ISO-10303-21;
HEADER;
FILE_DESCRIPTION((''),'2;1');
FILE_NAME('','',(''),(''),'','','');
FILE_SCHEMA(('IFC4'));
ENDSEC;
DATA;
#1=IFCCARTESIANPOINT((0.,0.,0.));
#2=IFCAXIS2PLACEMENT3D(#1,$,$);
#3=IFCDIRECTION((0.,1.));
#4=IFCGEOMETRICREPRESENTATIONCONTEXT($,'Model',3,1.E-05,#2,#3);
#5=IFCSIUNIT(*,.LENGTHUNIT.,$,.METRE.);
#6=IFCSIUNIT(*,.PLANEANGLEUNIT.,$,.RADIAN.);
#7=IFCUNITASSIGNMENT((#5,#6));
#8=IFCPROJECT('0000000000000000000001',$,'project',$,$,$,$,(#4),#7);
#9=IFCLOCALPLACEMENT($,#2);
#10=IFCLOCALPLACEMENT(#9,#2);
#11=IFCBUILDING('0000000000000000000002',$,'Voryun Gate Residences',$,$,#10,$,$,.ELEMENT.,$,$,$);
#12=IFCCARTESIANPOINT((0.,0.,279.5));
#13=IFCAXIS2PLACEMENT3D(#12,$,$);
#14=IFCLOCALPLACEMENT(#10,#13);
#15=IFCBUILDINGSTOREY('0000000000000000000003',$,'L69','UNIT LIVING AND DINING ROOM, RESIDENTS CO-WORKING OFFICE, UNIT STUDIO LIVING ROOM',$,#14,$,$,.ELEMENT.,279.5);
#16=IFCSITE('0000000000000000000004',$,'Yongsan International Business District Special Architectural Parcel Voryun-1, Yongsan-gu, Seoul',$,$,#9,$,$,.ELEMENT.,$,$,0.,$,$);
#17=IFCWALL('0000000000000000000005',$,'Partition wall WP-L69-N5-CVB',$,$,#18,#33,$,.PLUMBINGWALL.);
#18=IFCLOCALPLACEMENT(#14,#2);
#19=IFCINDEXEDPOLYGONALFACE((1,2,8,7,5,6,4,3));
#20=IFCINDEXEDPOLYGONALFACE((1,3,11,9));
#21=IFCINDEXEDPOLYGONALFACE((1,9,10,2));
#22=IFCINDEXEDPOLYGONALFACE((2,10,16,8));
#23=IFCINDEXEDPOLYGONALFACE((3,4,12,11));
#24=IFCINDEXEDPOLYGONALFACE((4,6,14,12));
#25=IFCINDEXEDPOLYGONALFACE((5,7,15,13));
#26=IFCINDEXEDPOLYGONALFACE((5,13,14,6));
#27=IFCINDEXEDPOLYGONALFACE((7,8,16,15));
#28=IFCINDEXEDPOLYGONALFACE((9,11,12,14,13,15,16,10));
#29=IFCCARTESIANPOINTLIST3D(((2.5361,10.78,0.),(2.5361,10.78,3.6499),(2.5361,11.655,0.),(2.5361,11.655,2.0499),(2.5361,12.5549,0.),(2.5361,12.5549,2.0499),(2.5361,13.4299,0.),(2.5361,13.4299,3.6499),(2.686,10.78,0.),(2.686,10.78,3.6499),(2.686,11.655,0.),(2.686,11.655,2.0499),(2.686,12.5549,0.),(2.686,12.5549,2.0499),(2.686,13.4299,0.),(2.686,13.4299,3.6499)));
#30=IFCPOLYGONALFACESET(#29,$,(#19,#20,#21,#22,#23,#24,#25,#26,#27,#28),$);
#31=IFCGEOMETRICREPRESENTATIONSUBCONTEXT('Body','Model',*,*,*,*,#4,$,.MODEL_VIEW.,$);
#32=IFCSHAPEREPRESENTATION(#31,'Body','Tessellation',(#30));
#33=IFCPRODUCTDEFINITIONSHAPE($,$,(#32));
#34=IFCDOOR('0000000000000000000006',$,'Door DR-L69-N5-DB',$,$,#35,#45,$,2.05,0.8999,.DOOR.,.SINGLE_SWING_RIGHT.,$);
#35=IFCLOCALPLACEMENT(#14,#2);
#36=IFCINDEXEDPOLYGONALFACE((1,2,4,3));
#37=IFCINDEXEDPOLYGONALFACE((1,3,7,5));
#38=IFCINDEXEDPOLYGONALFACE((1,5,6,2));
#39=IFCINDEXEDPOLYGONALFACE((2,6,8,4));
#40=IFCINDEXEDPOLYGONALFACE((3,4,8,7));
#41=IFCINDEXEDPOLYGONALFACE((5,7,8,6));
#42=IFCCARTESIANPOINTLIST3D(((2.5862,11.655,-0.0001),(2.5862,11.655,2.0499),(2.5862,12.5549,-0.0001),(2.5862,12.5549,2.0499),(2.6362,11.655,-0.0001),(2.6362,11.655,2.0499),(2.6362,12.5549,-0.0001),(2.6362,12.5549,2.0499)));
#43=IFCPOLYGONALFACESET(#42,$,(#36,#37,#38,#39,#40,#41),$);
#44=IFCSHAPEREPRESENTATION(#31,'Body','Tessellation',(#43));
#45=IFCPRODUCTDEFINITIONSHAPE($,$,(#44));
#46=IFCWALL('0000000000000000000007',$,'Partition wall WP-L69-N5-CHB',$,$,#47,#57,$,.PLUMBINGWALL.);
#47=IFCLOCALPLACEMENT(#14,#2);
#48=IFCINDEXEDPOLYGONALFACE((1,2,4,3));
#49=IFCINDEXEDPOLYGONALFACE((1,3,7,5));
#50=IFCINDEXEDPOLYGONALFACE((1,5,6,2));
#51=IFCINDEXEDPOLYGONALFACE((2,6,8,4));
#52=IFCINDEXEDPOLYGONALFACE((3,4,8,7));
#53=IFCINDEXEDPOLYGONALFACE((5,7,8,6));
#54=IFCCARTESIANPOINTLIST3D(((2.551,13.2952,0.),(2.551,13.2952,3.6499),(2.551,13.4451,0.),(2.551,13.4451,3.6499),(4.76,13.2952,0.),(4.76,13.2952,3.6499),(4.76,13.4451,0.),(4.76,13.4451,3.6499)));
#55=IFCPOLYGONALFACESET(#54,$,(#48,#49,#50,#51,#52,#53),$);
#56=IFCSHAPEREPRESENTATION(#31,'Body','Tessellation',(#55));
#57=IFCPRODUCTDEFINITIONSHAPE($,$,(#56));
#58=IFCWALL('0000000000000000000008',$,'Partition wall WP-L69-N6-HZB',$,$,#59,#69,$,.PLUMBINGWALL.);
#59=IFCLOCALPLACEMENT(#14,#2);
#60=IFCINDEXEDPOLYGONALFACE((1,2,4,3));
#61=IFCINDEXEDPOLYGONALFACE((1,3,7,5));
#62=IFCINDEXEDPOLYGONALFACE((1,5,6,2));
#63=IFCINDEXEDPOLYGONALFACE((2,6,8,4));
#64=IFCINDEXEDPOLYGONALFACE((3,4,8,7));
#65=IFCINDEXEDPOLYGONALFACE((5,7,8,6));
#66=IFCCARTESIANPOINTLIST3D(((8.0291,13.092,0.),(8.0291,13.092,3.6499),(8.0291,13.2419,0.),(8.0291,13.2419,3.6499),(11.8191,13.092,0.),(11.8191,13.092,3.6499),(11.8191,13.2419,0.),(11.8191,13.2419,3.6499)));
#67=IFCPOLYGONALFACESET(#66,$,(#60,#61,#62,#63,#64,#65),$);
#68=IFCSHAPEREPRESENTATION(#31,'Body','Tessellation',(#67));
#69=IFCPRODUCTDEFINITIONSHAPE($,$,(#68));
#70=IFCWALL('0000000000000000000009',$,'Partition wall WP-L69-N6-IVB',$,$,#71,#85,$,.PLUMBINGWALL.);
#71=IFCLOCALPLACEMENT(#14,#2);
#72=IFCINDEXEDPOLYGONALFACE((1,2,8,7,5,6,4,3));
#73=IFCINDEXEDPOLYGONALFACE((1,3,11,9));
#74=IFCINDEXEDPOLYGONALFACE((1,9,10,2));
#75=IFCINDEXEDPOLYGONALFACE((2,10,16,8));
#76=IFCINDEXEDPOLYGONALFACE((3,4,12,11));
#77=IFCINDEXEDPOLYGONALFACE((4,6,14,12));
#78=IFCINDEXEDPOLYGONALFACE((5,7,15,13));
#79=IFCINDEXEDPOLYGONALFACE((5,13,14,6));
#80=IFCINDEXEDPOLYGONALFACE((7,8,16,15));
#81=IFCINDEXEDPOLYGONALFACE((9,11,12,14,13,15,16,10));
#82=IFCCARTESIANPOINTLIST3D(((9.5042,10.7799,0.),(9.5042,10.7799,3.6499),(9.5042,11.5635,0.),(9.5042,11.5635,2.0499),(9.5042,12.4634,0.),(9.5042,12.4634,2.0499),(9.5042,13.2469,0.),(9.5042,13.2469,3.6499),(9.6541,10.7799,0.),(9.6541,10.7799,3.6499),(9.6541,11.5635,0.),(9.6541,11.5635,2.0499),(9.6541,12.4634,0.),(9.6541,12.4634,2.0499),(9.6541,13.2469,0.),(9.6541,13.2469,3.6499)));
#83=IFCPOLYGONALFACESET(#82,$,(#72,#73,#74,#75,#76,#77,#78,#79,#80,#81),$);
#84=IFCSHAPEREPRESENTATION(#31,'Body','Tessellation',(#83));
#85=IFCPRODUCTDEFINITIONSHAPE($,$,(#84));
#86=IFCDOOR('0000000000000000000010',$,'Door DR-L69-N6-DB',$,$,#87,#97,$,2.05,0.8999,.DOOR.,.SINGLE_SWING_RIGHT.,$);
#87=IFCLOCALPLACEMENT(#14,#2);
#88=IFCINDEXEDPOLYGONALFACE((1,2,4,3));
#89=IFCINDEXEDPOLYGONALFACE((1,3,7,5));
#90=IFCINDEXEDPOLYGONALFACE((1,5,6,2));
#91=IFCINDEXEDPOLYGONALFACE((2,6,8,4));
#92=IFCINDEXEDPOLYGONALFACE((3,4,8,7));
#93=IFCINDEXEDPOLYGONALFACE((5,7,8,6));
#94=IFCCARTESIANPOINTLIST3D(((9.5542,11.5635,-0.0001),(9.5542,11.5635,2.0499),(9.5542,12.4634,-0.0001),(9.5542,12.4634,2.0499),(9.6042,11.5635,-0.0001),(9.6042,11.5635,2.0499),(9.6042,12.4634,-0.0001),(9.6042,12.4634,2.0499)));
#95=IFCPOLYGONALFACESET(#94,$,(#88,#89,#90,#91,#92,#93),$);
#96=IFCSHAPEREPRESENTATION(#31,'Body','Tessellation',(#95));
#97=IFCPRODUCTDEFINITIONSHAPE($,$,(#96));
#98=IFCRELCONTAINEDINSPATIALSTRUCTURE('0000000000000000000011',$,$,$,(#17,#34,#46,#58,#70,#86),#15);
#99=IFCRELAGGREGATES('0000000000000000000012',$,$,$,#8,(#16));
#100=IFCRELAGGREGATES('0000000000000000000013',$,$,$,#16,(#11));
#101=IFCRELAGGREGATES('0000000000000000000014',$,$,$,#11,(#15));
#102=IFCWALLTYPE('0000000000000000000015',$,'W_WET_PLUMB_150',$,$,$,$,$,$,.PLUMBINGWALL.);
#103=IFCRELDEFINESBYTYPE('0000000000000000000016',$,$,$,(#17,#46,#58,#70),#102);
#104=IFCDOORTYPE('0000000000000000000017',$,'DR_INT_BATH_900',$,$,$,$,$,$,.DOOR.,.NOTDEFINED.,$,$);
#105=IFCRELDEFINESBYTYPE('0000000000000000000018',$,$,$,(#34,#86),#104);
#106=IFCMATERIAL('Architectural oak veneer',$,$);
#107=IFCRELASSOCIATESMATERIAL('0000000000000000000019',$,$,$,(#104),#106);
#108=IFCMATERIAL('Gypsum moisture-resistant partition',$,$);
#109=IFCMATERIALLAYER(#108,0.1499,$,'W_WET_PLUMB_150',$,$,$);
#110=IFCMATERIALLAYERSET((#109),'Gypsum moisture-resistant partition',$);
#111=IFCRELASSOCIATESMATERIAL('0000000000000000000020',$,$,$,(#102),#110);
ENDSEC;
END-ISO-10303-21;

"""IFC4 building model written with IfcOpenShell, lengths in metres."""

from ifc_helpers import new_model, si_unit, direction, frame, frame_2d, origin, place, context, subcontext, project, spatial, rectangle, extrude, material, layer, layer_set, type_object, element, fill, save


model = new_model("IFC4")

# Units and contexts
model_context = context("Model", 3, precision=1e-05, world=origin(), true_north=direction((0.0, 1.0)))
body_context = subcontext(model_context, "Body", "Model", "MODEL_VIEW")
ifc_project = project(units=[si_unit("LENGTHUNIT", "METRE"), si_unit("PLANEANGLEUNIT", "RADIAN")], contexts=[model_context])

# Site, building, storey
site_placement = place(None, origin())
site = spatial("IfcSite", under=ifc_project, at=site_placement, Name="Yongsan International Business District Special Architectural Parcel Voryun-1, Yongsan-gu, Seoul", CompositionType="ELEMENT", RefElevation=0.0)
building_placement = place(site_placement, origin())
building = spatial("IfcBuilding", under=site, at=building_placement, Name="Voryun Gate Residences", CompositionType="ELEMENT")
storey_placement = place(building_placement, frame((0.0, 0.0, 279.5)))
storey = spatial("IfcBuildingStorey", under=building, at=storey_placement, Name="L69", Description="UNIT LIVING AND DINING ROOM, RESIDENTS CO-WORKING OFFICE, UNIT STUDIO LIVING ROOM", CompositionType="ELEMENT", Elevation=279.5)

# Shared definitions
ifc_material_1 = material(Name="Architectural oak veneer")
door_type_1 = type_object("IfcDoorType", Name="DR_INT_BATH_900", OperationType="NOTDEFINED", PredefinedType="DOOR", material=ifc_material_1)

# Shared definitions
ifc_material_2 = material(Name="Gypsum moisture-resistant partition")
ifc_layer_1 = layer(ifc_material_2, 0.1499, Name="W_WET_PLUMB_150")
ifc_layer_set_1 = layer_set([ifc_layer_1], Name="Gypsum moisture-resistant partition")
wall_type_1 = type_object("IfcWallType", Name="W_WET_PLUMB_150", PredefinedType="PLUMBINGWALL", material=ifc_layer_set_1)

# Wall, opening, door
wall_1_placement = place(storey_placement, frame((2.6111, 10.78, 0.0), z_axis=(0.0, 0.0, 1.0), x_axis=(0.0, 1.0, 0.0)))
wall_1 = element("IfcWall", 1, at=wall_1_placement, inside=storey, type_object=wall_type_1, Name="Partition wall WP-L69-N5-CVB", PredefinedType="PLUMBINGWALL", context=body_context, shape_type="SweptSolid", body=[
    extrude(rectangle(XDim=2.6499, YDim=0.1499, at=frame_2d((1.325, 0.0))), origin(), (0.0, 0.0, 1.0), 3.6499),
])
opening_1_placement = place(wall_1_placement, frame((0.875, 0.0, 0.0)))
opening_1 = element("IfcOpeningElement", 2, at=opening_1_placement, cuts=wall_1, PredefinedType="OPENING", context=body_context, shape_type="SweptSolid", body=[
    extrude(rectangle(XDim=0.8999, YDim=2.05, at=frame_2d((0.45, 1.0249))), frame((0.0, 0.085, 0.0), z_axis=(0.0, -1.0, 0.0), x_axis=(1.0, 0.0, 0.0)), (0.0, 0.0, 1.0), 0.1699),
])
door_1_placement = place(opening_1_placement, origin())
door_1 = element("IfcDoor", 3, at=door_1_placement, inside=storey, type_object=door_type_1, Name="Door DR-L69-N5-DB", OperationType="SINGLE_SWING_RIGHT", OverallHeight=2.05, OverallWidth=0.8999, PredefinedType="DOOR", context=body_context, shape_type="SweptSolid", body=[
    extrude(rectangle(XDim=0.8999, YDim=2.05, at=frame_2d((0.45, 1.0249))), frame((0.0, 0.0249, 0.0), z_axis=(0.0, -1.0, 0.0), x_axis=(1.0, 0.0, 0.0)), (0.0, 0.0, 1.0), 0.05),
])
fill(opening_1, door_1)

# Walls
wall_2_placement = place(storey_placement, frame((2.551, 13.3701, 0.0), z_axis=(0.0, 0.0, 1.0), x_axis=(1.0, 0.0, 0.0)))
element("IfcWall", 4, at=wall_2_placement, inside=storey, type_object=wall_type_1, Name="Partition wall WP-L69-N5-CHB", PredefinedType="PLUMBINGWALL", context=body_context, shape_type="SweptSolid", body=[
    extrude(rectangle(XDim=2.209, YDim=0.1499, at=frame_2d((1.1045, 0.0))), origin(), (0.0, 0.0, 1.0), 3.6499),
])
wall_3_placement = place(storey_placement, frame((8.0291, 13.167, 0.0), z_axis=(0.0, 0.0, 1.0), x_axis=(1.0, 0.0, 0.0)))
element("IfcWall", 5, at=wall_3_placement, inside=storey, type_object=wall_type_1, Name="Partition wall WP-L69-N6-HZB", PredefinedType="PLUMBINGWALL", context=body_context, shape_type="SweptSolid", body=[
    extrude(rectangle(XDim=3.79, YDim=0.1499, at=frame_2d((1.895, 0.0))), origin(), (0.0, 0.0, 1.0), 3.6499),
])

# Wall, opening, door
wall_4_placement = place(storey_placement, frame((9.5791, 10.78, 0.0), z_axis=(0.0, 0.0, 1.0), x_axis=(0.0, 1.0, 0.0)))
wall_4 = element("IfcWall", 6, at=wall_4_placement, inside=storey, type_object=wall_type_1, Name="Partition wall WP-L69-N6-IVB", PredefinedType="PLUMBINGWALL", context=body_context, shape_type="SweptSolid", body=[
    extrude(rectangle(XDim=2.467, YDim=0.1499, at=frame_2d((1.2334, 0.0))), origin(), (0.0, 0.0, 1.0), 3.6499),
])
opening_2_placement = place(wall_4_placement, frame((0.7834, 0.0, 0.0)))
opening_2 = element("IfcOpeningElement", 7, at=opening_2_placement, cuts=wall_4, PredefinedType="OPENING", context=body_context, shape_type="SweptSolid", body=[
    extrude(rectangle(XDim=0.8999, YDim=2.05, at=frame_2d((0.45, 1.0249))), frame((0.0, 0.085, 0.0), z_axis=(0.0, -1.0, 0.0), x_axis=(1.0, 0.0, 0.0)), (0.0, 0.0, 1.0), 0.1699),
])
door_2_placement = place(opening_2_placement, origin())
door_2 = element("IfcDoor", 8, at=door_2_placement, inside=storey, type_object=door_type_1, Name="Door DR-L69-N6-DB", OperationType="SINGLE_SWING_RIGHT", OverallHeight=2.05, OverallWidth=0.8999, PredefinedType="DOOR", context=body_context, shape_type="SweptSolid", body=[
    extrude(rectangle(XDim=0.8999, YDim=2.05, at=frame_2d((0.45, 1.0249))), frame((0.0, 0.0249, 0.0), z_axis=(0.0, -1.0, 0.0), x_axis=(1.0, 0.0, 0.0)), (0.0, 0.0, 1.0), 0.05),
])
fill(opening_2, door_2)

save(model, "model.ifc")
